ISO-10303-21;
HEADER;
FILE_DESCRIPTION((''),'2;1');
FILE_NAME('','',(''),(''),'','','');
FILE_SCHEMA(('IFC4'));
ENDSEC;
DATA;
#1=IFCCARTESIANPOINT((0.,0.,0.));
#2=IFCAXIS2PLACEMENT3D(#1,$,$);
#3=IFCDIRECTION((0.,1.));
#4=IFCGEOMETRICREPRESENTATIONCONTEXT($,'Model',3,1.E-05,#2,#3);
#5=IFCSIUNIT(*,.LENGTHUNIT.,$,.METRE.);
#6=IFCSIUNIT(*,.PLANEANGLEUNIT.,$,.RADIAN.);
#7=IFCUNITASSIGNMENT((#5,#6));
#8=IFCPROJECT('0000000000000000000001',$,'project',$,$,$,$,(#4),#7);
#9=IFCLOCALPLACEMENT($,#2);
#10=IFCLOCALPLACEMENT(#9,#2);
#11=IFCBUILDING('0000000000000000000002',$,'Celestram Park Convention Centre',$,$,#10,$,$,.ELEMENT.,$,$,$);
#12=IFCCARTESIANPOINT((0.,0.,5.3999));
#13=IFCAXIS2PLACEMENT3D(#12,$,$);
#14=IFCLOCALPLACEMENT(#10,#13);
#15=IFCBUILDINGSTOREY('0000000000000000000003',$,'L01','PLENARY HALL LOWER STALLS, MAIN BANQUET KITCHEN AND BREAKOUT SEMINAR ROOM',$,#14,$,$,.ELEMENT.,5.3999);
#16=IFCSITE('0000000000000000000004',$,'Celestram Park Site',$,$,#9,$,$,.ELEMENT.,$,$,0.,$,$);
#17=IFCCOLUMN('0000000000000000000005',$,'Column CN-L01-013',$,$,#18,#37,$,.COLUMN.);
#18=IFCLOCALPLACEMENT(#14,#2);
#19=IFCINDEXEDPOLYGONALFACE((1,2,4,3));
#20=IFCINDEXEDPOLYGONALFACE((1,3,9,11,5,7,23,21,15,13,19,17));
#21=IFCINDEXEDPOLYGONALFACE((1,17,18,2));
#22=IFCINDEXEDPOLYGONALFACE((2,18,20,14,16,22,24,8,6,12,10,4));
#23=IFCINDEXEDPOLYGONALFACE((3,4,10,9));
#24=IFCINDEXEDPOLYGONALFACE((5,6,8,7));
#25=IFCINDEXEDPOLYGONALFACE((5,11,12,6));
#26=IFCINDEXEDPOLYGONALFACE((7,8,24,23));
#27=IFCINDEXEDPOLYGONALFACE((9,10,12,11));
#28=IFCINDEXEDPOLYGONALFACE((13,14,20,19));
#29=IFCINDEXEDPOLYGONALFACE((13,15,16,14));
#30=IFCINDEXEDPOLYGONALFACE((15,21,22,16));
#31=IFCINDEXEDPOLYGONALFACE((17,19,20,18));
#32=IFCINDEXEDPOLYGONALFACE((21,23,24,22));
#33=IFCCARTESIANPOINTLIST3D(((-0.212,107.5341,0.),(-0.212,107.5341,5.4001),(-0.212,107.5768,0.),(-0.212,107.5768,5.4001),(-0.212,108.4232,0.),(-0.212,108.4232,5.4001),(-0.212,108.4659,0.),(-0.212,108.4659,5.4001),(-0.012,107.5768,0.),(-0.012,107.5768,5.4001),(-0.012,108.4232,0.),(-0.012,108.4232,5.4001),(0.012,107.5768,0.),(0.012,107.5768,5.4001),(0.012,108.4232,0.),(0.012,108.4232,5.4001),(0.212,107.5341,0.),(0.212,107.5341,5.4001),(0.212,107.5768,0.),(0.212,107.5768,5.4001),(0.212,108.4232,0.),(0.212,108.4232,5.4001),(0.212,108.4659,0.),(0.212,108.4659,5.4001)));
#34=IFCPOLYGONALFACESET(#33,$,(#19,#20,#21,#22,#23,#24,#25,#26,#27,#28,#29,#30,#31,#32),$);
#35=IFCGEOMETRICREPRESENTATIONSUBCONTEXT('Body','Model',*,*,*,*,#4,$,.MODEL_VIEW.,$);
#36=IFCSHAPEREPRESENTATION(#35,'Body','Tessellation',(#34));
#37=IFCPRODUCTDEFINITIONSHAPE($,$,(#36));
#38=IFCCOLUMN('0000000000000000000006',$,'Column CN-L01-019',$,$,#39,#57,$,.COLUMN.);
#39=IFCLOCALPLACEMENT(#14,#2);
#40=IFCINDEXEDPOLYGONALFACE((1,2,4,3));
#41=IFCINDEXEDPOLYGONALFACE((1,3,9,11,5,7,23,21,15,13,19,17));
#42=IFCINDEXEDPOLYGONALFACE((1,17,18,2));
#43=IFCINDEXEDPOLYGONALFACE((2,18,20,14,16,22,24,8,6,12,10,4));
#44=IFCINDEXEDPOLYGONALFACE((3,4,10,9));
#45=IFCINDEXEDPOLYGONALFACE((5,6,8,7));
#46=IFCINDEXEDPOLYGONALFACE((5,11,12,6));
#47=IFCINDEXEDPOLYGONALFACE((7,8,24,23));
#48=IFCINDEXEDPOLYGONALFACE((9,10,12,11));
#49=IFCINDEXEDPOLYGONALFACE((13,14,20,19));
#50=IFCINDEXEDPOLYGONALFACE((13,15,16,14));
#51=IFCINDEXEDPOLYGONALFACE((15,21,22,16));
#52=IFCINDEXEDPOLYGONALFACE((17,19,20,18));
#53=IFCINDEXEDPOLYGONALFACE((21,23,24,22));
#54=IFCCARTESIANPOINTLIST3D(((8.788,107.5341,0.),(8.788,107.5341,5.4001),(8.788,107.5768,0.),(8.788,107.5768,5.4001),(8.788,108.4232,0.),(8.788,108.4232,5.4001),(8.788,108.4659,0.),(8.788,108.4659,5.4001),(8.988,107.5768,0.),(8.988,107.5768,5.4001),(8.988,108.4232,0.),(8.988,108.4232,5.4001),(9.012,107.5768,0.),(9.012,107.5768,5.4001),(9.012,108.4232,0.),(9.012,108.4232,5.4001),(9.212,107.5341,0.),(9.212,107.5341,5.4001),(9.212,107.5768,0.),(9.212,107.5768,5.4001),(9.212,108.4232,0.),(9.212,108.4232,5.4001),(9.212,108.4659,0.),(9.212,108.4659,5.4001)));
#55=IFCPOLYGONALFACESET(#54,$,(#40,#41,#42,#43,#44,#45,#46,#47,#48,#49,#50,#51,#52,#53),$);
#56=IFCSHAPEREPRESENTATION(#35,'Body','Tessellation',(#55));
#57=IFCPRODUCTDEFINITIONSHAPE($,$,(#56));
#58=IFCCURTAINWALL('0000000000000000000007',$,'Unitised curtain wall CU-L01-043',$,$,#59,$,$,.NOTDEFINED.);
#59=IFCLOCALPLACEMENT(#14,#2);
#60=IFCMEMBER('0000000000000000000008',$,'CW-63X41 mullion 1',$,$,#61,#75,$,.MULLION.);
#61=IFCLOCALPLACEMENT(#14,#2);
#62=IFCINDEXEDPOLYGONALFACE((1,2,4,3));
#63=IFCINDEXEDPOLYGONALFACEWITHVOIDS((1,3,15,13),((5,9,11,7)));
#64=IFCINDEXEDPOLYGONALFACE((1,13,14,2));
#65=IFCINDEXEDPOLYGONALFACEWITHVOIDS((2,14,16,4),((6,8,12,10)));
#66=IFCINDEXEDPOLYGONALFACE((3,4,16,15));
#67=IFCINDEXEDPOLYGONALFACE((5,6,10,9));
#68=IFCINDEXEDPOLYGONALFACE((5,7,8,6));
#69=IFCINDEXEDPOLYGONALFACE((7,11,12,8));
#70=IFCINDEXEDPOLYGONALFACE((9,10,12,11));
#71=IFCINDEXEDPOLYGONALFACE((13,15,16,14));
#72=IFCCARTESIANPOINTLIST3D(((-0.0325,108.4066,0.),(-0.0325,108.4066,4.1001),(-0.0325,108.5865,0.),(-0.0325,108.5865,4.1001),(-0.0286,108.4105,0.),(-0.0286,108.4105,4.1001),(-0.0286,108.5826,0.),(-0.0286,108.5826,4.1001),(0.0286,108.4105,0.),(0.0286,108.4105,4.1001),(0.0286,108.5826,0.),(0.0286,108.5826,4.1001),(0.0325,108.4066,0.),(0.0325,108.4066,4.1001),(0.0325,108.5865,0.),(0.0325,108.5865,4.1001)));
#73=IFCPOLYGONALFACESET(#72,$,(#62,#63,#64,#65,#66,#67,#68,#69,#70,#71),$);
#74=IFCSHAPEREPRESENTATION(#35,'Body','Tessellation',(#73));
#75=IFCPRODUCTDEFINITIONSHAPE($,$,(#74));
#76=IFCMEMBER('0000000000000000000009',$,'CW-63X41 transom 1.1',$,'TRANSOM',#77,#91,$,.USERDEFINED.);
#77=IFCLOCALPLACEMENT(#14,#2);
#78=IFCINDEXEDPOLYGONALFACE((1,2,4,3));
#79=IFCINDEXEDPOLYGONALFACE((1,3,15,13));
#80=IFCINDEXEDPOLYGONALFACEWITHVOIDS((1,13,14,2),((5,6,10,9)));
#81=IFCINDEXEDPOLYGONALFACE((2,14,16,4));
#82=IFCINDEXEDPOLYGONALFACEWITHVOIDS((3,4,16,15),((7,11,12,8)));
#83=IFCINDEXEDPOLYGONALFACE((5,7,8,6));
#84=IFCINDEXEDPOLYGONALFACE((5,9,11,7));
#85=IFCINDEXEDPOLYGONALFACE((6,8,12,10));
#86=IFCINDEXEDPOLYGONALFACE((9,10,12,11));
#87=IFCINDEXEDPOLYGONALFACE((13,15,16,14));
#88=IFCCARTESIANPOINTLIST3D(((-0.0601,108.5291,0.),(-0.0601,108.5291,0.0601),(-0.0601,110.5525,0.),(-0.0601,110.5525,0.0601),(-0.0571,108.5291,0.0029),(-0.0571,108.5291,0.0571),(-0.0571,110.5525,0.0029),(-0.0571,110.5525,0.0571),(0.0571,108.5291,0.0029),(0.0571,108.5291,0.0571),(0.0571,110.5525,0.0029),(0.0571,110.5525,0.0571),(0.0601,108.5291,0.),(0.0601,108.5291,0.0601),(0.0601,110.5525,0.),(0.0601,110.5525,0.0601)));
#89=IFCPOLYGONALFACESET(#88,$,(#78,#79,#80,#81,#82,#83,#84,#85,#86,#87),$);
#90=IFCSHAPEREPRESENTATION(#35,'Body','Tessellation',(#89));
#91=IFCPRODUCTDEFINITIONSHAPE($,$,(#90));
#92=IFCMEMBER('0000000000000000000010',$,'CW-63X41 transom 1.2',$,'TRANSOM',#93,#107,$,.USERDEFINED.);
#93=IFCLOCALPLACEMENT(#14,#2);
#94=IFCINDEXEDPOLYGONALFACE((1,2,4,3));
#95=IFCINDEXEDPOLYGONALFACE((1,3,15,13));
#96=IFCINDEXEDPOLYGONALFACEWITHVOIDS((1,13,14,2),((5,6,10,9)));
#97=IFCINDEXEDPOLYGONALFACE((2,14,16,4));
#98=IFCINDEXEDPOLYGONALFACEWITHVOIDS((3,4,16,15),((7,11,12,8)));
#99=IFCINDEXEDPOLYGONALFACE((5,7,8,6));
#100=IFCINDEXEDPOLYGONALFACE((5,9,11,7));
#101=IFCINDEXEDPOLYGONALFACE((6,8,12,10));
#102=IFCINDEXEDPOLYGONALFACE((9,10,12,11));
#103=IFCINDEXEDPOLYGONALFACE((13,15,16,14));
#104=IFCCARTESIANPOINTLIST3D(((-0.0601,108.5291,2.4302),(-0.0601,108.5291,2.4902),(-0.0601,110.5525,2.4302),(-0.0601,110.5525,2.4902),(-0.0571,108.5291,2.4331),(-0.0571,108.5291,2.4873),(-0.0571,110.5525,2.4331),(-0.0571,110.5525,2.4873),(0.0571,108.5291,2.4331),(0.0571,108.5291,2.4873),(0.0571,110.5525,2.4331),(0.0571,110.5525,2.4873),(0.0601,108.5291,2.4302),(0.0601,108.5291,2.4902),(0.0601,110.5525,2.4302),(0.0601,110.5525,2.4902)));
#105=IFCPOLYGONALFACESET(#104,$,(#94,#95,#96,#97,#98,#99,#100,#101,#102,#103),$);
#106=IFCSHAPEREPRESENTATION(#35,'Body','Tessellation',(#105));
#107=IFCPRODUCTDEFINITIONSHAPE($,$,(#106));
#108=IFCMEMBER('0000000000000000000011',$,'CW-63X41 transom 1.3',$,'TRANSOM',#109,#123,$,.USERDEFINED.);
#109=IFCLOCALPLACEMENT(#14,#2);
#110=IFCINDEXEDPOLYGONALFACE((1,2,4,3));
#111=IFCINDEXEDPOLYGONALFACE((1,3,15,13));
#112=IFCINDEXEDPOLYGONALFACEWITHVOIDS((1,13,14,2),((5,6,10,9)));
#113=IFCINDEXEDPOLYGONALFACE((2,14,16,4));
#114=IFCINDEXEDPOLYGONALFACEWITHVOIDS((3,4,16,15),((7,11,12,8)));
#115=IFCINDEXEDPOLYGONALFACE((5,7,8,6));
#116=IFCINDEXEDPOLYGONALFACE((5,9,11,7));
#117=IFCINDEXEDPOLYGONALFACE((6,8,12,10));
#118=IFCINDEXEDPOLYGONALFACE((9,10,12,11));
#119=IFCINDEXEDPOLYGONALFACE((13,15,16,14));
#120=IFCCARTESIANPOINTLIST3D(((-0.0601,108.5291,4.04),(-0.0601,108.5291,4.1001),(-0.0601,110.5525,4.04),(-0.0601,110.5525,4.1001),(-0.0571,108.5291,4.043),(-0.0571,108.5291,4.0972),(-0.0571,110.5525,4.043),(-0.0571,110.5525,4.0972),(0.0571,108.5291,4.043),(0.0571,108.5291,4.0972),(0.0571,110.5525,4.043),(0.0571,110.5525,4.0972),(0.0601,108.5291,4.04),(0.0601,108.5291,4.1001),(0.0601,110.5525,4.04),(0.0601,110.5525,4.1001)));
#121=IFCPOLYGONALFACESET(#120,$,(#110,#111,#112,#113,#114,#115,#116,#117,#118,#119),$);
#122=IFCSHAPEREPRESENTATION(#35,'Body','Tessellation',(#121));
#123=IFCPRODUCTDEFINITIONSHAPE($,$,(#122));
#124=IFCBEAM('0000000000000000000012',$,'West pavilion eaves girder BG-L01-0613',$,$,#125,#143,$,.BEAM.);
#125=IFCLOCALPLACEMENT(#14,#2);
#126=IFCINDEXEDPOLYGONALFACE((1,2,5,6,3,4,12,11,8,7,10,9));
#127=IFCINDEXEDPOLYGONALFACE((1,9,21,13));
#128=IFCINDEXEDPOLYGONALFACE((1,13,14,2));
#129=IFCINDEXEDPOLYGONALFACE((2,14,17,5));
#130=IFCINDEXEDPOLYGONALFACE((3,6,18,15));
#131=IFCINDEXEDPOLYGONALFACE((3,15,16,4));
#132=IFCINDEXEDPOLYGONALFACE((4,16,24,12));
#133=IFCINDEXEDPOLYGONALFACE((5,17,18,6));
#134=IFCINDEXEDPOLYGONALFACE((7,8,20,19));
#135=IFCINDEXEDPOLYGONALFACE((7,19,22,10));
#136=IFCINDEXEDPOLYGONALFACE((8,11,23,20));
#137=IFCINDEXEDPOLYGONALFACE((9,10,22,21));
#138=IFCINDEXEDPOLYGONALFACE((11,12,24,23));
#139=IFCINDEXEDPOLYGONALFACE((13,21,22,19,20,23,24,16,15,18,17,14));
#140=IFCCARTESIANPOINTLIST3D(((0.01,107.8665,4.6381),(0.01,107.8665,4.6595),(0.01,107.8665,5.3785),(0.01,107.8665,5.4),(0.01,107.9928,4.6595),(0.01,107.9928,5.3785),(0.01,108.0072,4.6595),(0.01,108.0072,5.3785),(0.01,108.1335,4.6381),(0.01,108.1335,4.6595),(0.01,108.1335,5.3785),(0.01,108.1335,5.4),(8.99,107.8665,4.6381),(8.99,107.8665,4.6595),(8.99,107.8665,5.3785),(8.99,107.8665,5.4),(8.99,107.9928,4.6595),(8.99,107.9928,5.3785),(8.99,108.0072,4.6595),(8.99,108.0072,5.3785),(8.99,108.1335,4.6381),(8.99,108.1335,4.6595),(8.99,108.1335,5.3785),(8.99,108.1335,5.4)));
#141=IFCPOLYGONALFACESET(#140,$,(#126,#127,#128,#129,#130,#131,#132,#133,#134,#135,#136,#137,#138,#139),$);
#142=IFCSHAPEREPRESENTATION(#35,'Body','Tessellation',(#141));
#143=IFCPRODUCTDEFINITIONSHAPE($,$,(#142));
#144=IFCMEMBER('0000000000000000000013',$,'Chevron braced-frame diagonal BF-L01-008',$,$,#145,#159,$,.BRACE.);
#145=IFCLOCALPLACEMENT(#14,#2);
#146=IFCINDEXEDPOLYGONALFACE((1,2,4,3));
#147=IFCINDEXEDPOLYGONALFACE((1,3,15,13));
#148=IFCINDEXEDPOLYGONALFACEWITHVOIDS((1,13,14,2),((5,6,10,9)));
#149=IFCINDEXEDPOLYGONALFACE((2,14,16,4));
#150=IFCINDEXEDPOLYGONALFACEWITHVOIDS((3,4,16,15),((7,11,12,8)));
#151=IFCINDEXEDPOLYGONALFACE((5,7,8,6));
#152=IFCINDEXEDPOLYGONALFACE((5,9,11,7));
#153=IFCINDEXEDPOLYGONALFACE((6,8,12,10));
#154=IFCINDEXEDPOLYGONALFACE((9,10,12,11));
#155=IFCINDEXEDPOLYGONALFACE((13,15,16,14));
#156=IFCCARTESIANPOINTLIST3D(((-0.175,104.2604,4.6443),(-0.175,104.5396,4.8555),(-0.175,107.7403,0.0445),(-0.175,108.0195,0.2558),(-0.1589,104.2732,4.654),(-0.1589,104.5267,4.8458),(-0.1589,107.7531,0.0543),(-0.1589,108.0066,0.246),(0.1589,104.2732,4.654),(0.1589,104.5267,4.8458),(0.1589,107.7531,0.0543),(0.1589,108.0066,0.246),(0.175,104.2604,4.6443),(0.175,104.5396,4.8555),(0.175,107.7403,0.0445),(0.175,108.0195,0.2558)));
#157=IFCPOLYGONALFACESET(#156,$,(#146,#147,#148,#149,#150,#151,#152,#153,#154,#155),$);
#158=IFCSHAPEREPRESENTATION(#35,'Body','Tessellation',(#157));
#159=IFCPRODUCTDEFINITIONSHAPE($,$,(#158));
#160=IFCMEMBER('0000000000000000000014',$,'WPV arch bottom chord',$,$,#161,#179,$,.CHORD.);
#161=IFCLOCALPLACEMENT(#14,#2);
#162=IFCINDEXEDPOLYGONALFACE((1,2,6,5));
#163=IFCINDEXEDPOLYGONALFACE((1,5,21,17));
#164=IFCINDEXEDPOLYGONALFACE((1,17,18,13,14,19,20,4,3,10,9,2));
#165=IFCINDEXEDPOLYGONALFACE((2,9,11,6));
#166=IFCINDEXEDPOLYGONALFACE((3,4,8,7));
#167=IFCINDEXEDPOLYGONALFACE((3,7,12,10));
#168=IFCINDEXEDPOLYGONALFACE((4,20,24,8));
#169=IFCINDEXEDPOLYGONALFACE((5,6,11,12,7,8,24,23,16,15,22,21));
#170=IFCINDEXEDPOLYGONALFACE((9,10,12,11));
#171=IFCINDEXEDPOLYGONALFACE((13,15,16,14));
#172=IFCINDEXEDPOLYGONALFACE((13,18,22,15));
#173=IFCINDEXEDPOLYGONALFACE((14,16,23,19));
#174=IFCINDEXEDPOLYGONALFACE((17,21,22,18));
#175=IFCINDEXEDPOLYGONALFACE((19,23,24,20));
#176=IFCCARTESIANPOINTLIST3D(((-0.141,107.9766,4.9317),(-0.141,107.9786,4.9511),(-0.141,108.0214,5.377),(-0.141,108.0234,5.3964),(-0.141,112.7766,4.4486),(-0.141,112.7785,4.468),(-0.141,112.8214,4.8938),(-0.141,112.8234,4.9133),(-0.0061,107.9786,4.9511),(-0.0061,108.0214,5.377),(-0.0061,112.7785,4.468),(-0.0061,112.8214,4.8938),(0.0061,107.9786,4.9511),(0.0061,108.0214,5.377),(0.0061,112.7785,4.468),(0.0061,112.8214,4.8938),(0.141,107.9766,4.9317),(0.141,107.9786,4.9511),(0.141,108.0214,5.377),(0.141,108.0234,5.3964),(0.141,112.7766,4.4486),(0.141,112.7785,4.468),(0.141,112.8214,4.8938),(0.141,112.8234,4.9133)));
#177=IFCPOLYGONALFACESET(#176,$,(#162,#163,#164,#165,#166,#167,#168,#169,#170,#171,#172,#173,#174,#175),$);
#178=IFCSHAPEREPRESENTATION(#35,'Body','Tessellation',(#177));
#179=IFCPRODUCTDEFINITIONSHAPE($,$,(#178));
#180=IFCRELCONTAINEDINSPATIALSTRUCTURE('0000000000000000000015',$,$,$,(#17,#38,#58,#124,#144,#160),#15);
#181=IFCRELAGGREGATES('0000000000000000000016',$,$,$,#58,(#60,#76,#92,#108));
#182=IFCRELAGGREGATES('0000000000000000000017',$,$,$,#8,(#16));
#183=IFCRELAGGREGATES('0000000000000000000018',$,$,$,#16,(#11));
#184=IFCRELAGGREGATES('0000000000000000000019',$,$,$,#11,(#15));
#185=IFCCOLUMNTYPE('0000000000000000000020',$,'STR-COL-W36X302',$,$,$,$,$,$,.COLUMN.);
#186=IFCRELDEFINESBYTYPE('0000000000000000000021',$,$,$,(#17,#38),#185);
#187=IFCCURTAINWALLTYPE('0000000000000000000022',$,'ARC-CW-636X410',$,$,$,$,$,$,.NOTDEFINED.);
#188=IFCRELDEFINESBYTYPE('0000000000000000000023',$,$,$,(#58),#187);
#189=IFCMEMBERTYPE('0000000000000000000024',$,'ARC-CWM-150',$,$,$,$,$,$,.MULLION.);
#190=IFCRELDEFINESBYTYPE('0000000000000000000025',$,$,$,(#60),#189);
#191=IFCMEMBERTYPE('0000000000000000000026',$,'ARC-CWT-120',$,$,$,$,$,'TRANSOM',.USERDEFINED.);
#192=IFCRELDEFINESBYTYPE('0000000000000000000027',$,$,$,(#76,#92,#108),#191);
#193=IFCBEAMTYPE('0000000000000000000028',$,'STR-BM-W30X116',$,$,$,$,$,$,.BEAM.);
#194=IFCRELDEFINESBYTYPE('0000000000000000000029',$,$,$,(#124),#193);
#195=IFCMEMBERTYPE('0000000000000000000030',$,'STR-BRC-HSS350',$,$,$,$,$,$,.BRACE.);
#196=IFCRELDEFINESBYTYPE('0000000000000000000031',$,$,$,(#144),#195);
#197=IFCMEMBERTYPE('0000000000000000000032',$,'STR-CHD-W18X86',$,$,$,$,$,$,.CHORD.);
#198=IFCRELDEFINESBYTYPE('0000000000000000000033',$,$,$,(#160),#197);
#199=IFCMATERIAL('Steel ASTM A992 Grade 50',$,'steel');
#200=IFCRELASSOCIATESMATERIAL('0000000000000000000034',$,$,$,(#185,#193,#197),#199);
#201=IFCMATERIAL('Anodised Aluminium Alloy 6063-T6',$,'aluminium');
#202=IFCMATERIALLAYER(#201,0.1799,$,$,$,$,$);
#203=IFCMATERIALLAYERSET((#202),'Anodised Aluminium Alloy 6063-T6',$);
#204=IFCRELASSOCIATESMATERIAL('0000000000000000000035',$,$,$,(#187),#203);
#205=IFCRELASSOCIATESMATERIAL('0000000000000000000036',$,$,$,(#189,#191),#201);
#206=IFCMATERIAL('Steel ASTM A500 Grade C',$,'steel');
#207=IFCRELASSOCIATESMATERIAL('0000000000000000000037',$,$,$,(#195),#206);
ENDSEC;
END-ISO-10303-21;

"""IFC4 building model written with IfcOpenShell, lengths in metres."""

from ifc_helpers import new_model, si_unit, direction, frame, origin, origin_2d, place, context, subcontext, project, spatial, hollow_rectangle, i_section, extrude, material, layer, layer_set, material_profile, profile_set, type_object, element, aggregate, save


model = new_model("IFC4")

# Units and contexts
model_context = context("Model", 3, precision=1e-05, world=origin(), true_north=direction((0.0, 1.0)))
body_context = subcontext(model_context, "Body", "Model", "MODEL_VIEW")
ifc_project = project(units=[si_unit("LENGTHUNIT", "METRE"), si_unit("PLANEANGLEUNIT", "RADIAN")], contexts=[model_context])

# Site, building, storey
site_placement = place(None, origin())
site = spatial("IfcSite", under=ifc_project, at=site_placement, Name="Celestram Park Site", CompositionType="ELEMENT", RefElevation=0.0)
building_placement = place(site_placement, origin())
building = spatial("IfcBuilding", under=site, at=building_placement, Name="Celestram Park Convention Centre", CompositionType="ELEMENT")
storey_placement = place(building_placement, frame((0.0, 0.0, 5.3999)))
storey = spatial("IfcBuildingStorey", under=building, at=storey_placement, Name="L01", Description="PLENARY HALL LOWER STALLS, MAIN BANQUET KITCHEN AND BREAKOUT SEMINAR ROOM", CompositionType="ELEMENT", Elevation=5.3999)

# Columns
ifc_material_1 = material(Name="Steel ASTM A992 Grade 50", Category="steel")
ifc_material_profile_1 = material_profile(ifc_material_1, i_section(OverallWidth=0.4241, OverallDepth=0.9319, WebThickness=0.0239, FlangeThickness=0.0427, at=origin_2d()), Name="W36X302")
ifc_profile_set_1 = profile_set([ifc_material_profile_1], Name="Steel ASTM A992 Grade 50")
column_type = type_object("IfcColumnType", Name="STR-COL-W36X302", PredefinedType="COLUMN", material=ifc_profile_set_1)
for number, where, z_axis, x_axis, name in (
    (1, (0.0, 108.0, 0.0), (0.0, 0.0, 1.0), (1.0, 0.0, 0.0), "Column CN-L01-013"),
    (2, (9.0, 108.0, 0.0), (0.0, 0.0, 1.0), (1.0, 0.0, 0.0), "Column CN-L01-019"),
):
    element("IfcColumn", number, at=place(storey_placement, frame(where, z_axis=z_axis, x_axis=x_axis)), inside=storey, type_object=column_type, Name=name, PredefinedType="COLUMN", context=body_context, shape_type="SweptSolid", body=[
        extrude(i_section(OverallWidth=0.4241, OverallDepth=0.9319, WebThickness=0.0239, FlangeThickness=0.0427, at=origin_2d()), origin(), (0.0, 0.0, 1.0), 5.4001),
    ])

# Curtain wall, members
ifc_material_2 = material(Name="Anodised Aluminium Alloy 6063-T6", Category="aluminium")
ifc_layer_1 = layer(ifc_material_2, 0.1799)
ifc_layer_set_1 = layer_set([ifc_layer_1], Name="Anodised Aluminium Alloy 6063-T6")
curtain_wall_type = type_object("IfcCurtainWallType", Name="ARC-CW-636X410", PredefinedType="NOTDEFINED", material=ifc_layer_set_1)
curtain_wall_placement = place(storey_placement, origin())
curtain_wall = element("IfcCurtainWall", 3, at=curtain_wall_placement, inside=storey, type_object=curtain_wall_type, Name="Unitised curtain wall CU-L01-043", PredefinedType="NOTDEFINED")
ifc_material_profile_2 = material_profile(ifc_material_2, hollow_rectangle(XDim=0.0649, YDim=0.1799, WallThickness=0.0039, at=origin_2d()), Name="ALU65X180X4")
ifc_profile_set_2 = profile_set([ifc_material_profile_2], Name="Anodised Aluminium Alloy 6063-T6")
member_type_1 = type_object("IfcMemberType", Name="ARC-CWM-150", PredefinedType="MULLION", material=ifc_profile_set_2)
member_1_placement = place(storey_placement, frame((0.0, 108.4966, 0.0), z_axis=(0.0, 0.0, 1.0), x_axis=(-1.0, 0.0, 0.0)))
member_1 = element("IfcMember", 4, at=member_1_placement, type_object=member_type_1, Name="CW-63X41 mullion 1", PredefinedType="MULLION", context=body_context, shape_type="SweptSolid", body=[
    extrude(hollow_rectangle(XDim=0.0649, YDim=0.1799, WallThickness=0.0039, at=origin_2d()), origin(), (0.0, 0.0, 1.0), 4.1001),
])
ifc_material_profile_3 = material_profile(ifc_material_2, hollow_rectangle(XDim=0.1201, YDim=0.0601, WallThickness=0.0029, at=origin_2d()), Name="ALU120X60X3")
ifc_profile_set_3 = profile_set([ifc_material_profile_3], Name="Anodised Aluminium Alloy 6063-T6")
member_type_2 = type_object("IfcMemberType", Name="ARC-CWT-120", ElementType="TRANSOM", PredefinedType="USERDEFINED", material=ifc_profile_set_3)
member_2_placement = place(storey_placement, frame((0.0, 108.5291, 0.03), z_axis=(0.0, 1.0, 0.0), x_axis=(-1.0, 0.0, 0.0)))
member_2 = element("IfcMember", 5, at=member_2_placement, type_object=member_type_2, Name="CW-63X41 transom 1.1", ObjectType="TRANSOM", PredefinedType="USERDEFINED", context=body_context, shape_type="SweptSolid", body=[
    extrude(hollow_rectangle(XDim=0.1201, YDim=0.0601, WallThickness=0.0029, at=origin_2d()), origin(), (0.0, 0.0, 1.0), 2.0234),
])
member_3_placement = place(storey_placement, frame((0.0, 108.5291, 2.4602), z_axis=(0.0, 1.0, 0.0), x_axis=(-1.0, 0.0, 0.0)))
member_3 = element("IfcMember", 6, at=member_3_placement, type_object=member_type_2, Name="CW-63X41 transom 1.2", ObjectType="TRANSOM", PredefinedType="USERDEFINED", context=body_context, shape_type="SweptSolid", body=[
    extrude(hollow_rectangle(XDim=0.1201, YDim=0.0601, WallThickness=0.0029, at=origin_2d()), origin(), (0.0, 0.0, 1.0), 2.0234),
])
member_4_placement = place(storey_placement, frame((0.0, 108.5291, 4.0701), z_axis=(0.0, 1.0, 0.0), x_axis=(-1.0, 0.0, 0.0)))
member_4 = element("IfcMember", 7, at=member_4_placement, type_object=member_type_2, Name="CW-63X41 transom 1.3", ObjectType="TRANSOM", PredefinedType="USERDEFINED", context=body_context, shape_type="SweptSolid", body=[
    extrude(hollow_rectangle(XDim=0.1201, YDim=0.0601, WallThickness=0.0029, at=origin_2d()), origin(), (0.0, 0.0, 1.0), 2.0234),
])
aggregate(curtain_wall, [member_1, member_2, member_3, member_4])

# Beam
ifc_material_profile_4 = material_profile(ifc_material_1, i_section(OverallWidth=0.2671, OverallDepth=0.762, WebThickness=0.0144, FlangeThickness=0.0215, at=origin_2d()), Name="W30X116")
ifc_profile_set_4 = profile_set([ifc_material_profile_4], Name="Steel ASTM A992 Grade 50")
beam_type_1 = type_object("IfcBeamType", Name="STR-BM-W30X116", PredefinedType="BEAM", material=ifc_profile_set_4)
beam_1_placement = place(storey_placement, frame((0.01, 108.0, 5.019), z_axis=(1.0, 0.0, 0.0), x_axis=(0.0, 1.0, 0.0)))
element("IfcBeam", 8, at=beam_1_placement, inside=storey, type_object=beam_type_1, Name="West pavilion eaves girder BG-L01-0613", PredefinedType="BEAM", context=body_context, shape_type="SweptSolid", body=[
    extrude(i_section(OverallWidth=0.2671, OverallDepth=0.762, WebThickness=0.0144, FlangeThickness=0.0215, at=origin_2d()), origin(), (0.0, 0.0, 1.0), 8.98),
])

# Members
ifc_material_3 = material(Name="Steel ASTM A500 Grade C", Category="steel")
ifc_material_profile_5 = material_profile(ifc_material_3, hollow_rectangle(XDim=0.3501, YDim=0.3501, WallThickness=0.0161, at=origin_2d()), Name="HSS350X350X16")
ifc_profile_set_5 = profile_set([ifc_material_profile_5], Name="Steel ASTM A500 Grade C")
member_type_3 = type_object("IfcMemberType", Name="STR-BRC-HSS350", PredefinedType="BRACE", material=ifc_profile_set_5)
member_5_placement = place(storey_placement, frame((0.0, 107.8799, 0.1501), z_axis=(0.0, -0.603334, 0.797489), x_axis=(1.0, 0.0, 0.0)))
element("IfcMember", 9, at=member_5_placement, inside=storey, type_object=member_type_3, Name="Chevron braced-frame diagonal BF-L01-008", PredefinedType="BRACE", context=body_context, shape_type="SweptSolid", body=[
    extrude(hollow_rectangle(XDim=0.3501, YDim=0.3501, WallThickness=0.0161, at=origin_2d()), origin(), (0.0, 0.0, 1.0), 5.7678),
])
ifc_material_profile_6 = material_profile(ifc_material_1, i_section(OverallWidth=0.282, OverallDepth=0.467, WebThickness=0.0122, FlangeThickness=0.0195, at=origin_2d()), Name="W18X86")
ifc_profile_set_6 = profile_set([ifc_material_profile_6], Name="Steel ASTM A992 Grade 50")
member_type_4 = type_object("IfcMemberType", Name="STR-CHD-W18X86", PredefinedType="CHORD", material=ifc_profile_set_6)
for number, where, z_axis, x_axis, name in (
    (10, (0.0, 108.0, 5.1641), (0.0, 0.994972, -0.10015), (-1.0, 0.0, 0.0), "WPV arch bottom chord"),
):
    element("IfcMember", number, at=place(storey_placement, frame(where, z_axis=z_axis, x_axis=x_axis)), inside=storey, type_object=member_type_4, Name=name, PredefinedType="CHORD", context=body_context, shape_type="SweptSolid", body=[
        extrude(i_section(OverallWidth=0.282, OverallDepth=0.467, WebThickness=0.0122, FlangeThickness=0.0195, at=origin_2d()), origin(), (0.0, 0.0, 1.0), 4.8242),
    ])

save(model, "model.ifc")
